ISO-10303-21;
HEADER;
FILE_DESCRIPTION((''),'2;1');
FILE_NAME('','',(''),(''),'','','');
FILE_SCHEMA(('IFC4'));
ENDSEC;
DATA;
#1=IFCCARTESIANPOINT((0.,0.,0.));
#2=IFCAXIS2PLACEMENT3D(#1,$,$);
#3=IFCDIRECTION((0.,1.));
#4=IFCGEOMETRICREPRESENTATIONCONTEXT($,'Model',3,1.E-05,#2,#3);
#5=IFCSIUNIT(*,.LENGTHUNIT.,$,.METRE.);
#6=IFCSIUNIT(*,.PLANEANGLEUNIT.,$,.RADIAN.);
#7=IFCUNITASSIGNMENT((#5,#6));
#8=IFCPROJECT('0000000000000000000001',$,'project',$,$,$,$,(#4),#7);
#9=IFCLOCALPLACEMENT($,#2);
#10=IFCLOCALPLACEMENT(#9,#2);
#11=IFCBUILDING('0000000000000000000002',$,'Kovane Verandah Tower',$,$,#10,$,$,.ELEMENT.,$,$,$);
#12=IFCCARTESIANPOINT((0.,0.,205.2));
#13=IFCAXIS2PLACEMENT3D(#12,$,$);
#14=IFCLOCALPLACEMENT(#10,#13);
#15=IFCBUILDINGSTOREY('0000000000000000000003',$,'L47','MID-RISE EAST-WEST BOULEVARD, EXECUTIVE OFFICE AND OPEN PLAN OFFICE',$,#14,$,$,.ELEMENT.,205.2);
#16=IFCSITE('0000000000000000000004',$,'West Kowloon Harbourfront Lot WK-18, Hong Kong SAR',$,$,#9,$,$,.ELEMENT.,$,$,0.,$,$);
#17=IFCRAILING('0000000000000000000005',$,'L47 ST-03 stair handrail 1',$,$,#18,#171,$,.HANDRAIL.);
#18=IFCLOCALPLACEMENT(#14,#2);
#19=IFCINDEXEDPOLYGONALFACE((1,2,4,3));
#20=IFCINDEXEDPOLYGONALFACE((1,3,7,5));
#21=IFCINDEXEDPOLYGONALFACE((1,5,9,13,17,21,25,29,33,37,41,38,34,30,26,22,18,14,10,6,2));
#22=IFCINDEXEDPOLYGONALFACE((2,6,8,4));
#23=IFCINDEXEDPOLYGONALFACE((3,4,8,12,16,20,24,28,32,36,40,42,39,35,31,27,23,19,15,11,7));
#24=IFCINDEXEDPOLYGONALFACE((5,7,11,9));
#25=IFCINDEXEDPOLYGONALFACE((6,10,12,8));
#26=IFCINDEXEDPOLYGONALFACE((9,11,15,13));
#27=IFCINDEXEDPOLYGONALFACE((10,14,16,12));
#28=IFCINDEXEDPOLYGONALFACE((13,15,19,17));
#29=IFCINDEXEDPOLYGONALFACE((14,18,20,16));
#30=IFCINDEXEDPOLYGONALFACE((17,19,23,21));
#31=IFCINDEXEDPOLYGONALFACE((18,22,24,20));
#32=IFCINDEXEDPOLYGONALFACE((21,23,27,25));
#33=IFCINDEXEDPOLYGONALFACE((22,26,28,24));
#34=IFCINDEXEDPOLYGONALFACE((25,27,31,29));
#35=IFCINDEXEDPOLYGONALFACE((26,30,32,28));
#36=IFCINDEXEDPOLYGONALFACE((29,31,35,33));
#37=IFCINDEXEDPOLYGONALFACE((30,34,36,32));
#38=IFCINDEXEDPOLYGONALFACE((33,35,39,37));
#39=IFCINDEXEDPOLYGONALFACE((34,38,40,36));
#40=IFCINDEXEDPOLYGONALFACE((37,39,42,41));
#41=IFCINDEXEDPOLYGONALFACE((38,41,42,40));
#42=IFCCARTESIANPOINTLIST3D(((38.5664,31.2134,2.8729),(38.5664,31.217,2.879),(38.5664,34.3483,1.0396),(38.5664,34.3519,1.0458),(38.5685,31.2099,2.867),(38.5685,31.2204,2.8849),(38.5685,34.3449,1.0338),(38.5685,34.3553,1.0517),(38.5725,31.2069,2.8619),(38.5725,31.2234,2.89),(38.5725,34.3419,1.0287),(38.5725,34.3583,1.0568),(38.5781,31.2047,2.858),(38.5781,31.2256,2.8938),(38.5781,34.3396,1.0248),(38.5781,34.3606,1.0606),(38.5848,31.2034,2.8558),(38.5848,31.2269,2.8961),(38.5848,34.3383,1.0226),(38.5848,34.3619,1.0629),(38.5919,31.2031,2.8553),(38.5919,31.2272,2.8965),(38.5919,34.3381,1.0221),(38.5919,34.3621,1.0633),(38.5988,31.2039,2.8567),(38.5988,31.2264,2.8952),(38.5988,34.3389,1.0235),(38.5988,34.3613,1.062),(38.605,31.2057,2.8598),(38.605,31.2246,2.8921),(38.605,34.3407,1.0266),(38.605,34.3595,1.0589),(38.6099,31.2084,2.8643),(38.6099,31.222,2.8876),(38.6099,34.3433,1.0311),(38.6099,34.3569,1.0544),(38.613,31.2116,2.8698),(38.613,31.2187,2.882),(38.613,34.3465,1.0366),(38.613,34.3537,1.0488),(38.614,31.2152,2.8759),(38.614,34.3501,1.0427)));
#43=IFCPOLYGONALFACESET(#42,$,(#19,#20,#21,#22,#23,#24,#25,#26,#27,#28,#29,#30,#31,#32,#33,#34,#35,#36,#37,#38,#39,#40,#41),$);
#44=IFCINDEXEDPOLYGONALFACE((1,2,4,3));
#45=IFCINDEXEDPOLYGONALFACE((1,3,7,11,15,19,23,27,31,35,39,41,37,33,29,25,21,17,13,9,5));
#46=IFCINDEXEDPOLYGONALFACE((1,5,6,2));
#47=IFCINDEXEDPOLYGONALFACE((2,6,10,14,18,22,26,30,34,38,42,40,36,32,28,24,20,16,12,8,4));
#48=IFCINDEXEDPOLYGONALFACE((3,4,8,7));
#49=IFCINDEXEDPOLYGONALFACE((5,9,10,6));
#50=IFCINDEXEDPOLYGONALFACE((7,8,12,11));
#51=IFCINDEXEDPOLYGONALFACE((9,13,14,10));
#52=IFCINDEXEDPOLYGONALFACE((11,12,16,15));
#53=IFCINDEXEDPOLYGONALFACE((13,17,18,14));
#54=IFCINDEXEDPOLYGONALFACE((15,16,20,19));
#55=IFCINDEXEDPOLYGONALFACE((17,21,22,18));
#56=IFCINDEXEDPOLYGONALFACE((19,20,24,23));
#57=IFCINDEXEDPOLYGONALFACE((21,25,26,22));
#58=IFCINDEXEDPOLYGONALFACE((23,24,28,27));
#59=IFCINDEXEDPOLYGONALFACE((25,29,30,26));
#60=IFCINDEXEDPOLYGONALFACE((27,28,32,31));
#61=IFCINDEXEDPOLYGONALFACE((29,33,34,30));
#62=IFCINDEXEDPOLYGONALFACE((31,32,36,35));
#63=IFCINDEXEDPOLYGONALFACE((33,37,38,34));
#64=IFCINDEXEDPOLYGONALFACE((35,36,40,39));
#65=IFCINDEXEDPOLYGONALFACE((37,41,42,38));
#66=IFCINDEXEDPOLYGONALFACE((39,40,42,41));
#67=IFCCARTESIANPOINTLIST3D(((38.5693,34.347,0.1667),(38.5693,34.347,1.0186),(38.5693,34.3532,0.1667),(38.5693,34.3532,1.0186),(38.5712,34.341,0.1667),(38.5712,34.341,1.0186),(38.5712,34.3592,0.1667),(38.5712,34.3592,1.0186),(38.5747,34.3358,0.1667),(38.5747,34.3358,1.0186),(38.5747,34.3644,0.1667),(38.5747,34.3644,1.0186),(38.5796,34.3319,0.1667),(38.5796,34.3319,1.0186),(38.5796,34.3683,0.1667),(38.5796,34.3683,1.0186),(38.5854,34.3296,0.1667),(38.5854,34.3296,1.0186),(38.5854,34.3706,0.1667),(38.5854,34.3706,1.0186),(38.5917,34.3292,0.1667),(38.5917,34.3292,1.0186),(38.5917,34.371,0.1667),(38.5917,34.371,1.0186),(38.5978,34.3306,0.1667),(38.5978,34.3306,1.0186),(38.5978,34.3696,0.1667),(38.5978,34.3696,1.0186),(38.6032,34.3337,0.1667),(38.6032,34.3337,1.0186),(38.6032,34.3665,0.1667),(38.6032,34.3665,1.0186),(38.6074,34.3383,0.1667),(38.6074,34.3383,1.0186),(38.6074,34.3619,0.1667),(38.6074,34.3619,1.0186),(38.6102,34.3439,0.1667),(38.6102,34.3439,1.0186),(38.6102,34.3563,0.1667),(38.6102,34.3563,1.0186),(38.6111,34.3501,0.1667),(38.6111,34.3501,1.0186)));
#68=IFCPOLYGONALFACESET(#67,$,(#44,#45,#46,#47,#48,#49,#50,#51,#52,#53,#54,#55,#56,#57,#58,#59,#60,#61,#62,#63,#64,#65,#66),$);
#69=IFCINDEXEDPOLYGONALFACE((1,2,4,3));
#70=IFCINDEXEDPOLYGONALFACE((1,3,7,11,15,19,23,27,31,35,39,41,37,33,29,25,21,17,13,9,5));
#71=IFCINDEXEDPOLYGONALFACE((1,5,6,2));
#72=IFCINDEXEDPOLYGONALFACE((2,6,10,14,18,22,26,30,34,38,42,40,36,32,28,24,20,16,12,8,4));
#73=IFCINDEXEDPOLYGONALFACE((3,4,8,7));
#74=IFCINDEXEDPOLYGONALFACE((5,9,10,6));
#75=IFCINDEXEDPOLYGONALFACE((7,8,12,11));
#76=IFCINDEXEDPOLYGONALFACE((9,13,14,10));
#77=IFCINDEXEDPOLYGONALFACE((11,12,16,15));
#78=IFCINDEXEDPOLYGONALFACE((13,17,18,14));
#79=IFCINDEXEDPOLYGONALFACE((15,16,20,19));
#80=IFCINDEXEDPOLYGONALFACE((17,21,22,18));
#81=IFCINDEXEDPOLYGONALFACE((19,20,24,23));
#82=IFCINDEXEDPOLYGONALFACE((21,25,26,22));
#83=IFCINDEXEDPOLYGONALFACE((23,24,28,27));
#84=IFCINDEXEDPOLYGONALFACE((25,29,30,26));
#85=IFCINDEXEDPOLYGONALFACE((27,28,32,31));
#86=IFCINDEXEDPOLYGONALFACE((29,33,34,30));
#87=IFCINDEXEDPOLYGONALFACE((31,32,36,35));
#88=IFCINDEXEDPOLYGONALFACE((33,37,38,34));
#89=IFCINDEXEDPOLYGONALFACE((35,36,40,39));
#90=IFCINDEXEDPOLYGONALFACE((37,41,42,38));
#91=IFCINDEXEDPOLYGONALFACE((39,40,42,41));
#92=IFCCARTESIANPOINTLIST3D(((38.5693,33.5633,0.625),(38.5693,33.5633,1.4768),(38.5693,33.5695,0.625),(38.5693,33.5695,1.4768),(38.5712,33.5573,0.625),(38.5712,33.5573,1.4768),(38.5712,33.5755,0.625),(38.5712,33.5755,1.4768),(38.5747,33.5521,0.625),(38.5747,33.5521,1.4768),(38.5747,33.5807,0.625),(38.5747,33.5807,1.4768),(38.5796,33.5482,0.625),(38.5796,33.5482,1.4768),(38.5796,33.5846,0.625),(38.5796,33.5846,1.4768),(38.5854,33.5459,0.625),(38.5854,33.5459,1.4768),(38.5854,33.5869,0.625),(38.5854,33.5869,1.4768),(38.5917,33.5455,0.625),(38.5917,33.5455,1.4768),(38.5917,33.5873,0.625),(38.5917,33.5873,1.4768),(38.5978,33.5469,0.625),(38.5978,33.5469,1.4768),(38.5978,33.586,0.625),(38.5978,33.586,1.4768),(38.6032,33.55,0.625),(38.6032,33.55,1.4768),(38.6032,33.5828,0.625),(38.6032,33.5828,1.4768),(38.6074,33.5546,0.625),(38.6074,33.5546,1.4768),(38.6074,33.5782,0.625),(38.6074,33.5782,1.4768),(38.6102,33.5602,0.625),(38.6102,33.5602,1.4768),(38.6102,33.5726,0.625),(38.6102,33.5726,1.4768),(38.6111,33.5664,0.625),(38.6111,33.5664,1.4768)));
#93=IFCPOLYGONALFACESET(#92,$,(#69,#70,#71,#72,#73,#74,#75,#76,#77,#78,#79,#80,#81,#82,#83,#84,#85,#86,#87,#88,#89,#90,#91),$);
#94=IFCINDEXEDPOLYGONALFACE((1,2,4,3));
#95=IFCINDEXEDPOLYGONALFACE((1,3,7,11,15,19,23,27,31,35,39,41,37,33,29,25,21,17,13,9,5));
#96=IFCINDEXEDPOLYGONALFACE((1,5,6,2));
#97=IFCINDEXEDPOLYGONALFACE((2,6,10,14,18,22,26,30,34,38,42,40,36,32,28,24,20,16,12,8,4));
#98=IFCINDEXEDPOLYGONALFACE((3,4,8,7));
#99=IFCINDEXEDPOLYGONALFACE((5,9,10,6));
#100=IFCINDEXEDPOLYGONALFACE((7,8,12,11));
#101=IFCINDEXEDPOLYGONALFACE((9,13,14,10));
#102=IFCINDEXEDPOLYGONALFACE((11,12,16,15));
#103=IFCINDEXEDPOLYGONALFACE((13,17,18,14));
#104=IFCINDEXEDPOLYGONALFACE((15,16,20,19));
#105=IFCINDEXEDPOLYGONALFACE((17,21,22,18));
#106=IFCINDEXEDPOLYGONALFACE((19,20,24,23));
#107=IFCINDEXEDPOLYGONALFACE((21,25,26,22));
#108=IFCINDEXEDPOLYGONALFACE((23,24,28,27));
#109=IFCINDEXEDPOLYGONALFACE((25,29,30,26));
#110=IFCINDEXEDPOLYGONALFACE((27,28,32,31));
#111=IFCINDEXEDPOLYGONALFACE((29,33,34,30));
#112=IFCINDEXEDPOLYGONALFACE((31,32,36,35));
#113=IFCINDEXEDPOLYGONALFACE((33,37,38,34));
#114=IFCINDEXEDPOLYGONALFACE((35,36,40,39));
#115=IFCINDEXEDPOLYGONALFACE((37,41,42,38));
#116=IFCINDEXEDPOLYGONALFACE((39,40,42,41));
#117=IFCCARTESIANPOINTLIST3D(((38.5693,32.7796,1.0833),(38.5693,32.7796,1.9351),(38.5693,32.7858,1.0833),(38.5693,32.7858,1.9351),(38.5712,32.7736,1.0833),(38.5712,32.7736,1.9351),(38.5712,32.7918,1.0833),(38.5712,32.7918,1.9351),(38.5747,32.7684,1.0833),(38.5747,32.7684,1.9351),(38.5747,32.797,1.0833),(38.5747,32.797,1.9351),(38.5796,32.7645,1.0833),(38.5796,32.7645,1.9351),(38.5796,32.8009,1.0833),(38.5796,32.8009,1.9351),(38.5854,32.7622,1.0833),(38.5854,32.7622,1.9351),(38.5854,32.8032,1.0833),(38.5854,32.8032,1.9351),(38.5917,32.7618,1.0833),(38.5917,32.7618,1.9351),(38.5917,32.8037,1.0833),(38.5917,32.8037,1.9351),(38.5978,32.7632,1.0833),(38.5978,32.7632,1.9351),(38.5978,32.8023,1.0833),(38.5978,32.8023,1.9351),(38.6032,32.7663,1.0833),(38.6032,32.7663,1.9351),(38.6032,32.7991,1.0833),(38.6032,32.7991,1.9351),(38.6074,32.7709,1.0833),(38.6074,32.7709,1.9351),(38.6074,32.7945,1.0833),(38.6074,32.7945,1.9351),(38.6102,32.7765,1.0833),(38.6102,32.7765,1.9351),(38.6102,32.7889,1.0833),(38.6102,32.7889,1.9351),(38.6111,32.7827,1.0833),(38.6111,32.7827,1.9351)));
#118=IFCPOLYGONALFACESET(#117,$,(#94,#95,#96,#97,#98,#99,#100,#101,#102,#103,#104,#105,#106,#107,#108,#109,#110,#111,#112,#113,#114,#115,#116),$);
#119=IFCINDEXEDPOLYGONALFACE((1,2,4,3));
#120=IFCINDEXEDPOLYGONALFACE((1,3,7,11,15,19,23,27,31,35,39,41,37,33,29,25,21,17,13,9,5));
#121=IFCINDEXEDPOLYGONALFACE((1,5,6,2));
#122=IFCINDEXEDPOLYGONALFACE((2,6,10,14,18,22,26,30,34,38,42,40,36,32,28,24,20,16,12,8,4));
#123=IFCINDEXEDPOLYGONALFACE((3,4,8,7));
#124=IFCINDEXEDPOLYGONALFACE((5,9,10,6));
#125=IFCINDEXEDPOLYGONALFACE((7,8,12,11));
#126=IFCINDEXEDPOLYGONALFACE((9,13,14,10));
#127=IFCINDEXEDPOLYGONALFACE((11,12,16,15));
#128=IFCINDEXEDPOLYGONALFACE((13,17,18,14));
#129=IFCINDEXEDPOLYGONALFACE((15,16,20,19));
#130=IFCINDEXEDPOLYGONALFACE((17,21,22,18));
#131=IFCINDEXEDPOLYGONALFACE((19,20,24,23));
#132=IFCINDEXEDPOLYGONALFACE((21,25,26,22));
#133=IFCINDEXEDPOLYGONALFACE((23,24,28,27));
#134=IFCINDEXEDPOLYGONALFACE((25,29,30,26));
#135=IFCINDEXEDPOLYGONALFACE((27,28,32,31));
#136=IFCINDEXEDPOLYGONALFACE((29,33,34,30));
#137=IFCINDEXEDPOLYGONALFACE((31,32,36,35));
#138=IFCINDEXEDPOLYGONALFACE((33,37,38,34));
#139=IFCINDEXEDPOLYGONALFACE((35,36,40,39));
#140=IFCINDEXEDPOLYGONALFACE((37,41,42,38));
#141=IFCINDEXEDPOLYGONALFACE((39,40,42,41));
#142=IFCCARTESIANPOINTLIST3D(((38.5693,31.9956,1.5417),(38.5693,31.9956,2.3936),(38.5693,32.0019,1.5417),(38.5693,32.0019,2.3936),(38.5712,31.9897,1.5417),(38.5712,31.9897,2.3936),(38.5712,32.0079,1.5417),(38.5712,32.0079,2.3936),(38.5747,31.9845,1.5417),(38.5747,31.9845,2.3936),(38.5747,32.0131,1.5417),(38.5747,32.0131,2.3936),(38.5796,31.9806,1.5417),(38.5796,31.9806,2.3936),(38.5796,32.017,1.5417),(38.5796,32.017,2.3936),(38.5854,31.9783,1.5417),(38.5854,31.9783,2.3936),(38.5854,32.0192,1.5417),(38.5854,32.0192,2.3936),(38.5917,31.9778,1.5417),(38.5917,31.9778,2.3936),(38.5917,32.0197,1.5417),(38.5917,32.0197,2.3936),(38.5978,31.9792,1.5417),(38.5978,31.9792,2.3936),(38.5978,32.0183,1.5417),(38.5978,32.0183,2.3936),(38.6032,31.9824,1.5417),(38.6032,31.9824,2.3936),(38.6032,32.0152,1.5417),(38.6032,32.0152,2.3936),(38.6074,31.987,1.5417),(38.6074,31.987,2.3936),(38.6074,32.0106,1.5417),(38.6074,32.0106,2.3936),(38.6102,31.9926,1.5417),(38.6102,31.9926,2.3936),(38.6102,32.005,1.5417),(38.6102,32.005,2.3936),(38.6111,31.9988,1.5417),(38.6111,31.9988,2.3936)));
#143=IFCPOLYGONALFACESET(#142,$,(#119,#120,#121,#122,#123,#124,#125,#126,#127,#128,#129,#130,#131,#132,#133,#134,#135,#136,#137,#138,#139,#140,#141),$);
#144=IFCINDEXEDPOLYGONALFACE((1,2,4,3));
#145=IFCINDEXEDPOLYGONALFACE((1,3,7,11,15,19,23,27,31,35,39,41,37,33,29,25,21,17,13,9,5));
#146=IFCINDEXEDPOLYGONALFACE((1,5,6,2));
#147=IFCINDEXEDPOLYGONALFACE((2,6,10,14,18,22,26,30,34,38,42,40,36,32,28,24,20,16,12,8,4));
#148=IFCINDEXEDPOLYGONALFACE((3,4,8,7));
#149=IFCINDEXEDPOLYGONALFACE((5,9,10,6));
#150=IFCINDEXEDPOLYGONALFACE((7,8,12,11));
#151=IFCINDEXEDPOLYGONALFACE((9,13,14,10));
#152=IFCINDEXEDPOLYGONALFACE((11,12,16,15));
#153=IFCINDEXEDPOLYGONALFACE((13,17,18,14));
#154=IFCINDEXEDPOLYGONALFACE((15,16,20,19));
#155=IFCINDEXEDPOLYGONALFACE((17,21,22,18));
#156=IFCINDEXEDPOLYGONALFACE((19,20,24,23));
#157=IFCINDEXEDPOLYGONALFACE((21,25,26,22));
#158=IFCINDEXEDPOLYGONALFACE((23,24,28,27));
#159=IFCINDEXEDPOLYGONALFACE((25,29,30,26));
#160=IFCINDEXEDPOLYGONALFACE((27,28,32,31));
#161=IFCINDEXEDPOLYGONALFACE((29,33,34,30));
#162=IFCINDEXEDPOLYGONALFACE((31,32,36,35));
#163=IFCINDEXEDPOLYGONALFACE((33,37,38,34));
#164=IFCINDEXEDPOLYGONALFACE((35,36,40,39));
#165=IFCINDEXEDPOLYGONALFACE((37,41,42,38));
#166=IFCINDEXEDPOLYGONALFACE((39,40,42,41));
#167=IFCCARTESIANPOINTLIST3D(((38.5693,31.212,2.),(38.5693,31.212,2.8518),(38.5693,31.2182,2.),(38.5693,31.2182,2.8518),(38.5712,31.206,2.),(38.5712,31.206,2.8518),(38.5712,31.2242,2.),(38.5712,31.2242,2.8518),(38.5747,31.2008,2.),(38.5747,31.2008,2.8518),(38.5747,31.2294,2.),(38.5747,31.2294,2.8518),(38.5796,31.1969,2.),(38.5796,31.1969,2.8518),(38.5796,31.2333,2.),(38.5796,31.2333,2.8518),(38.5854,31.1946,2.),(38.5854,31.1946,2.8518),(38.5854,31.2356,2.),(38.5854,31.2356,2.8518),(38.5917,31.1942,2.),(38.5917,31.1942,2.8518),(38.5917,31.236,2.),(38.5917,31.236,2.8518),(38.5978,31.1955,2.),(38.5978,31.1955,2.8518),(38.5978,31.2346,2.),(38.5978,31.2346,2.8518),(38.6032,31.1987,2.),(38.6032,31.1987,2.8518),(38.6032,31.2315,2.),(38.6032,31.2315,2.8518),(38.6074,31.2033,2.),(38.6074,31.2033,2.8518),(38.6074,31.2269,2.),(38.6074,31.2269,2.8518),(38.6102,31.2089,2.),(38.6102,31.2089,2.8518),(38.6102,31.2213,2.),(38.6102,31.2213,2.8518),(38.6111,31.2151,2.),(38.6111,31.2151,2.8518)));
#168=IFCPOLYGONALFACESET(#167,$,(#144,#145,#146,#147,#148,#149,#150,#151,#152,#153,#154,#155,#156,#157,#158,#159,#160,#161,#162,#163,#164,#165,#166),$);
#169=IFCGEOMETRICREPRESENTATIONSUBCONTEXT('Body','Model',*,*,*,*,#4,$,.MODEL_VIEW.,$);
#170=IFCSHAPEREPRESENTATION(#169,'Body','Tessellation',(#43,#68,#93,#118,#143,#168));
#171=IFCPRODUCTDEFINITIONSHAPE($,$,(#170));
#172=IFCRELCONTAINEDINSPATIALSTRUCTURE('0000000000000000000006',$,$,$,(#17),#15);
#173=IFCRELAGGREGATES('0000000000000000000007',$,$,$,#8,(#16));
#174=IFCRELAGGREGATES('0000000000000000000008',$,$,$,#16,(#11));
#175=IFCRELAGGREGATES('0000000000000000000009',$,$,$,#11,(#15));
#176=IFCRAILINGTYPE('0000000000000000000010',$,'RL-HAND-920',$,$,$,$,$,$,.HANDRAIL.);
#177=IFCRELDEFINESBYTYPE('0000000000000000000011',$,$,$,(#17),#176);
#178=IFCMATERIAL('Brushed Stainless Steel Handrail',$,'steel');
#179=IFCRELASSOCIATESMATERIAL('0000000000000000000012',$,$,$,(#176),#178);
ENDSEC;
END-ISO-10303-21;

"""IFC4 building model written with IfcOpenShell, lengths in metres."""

from ifc_helpers import new_model, si_unit, direction, frame, origin, origin_2d, place, context, subcontext, project, spatial, circle, extrude, material, type_object, element, save


model = new_model("IFC4")

# Units and contexts
model_context = context("Model", 3, precision=1e-05, world=origin(), true_north=direction((0.0, 1.0)))
body_context = subcontext(model_context, "Body", "Model", "MODEL_VIEW")
ifc_project = project(units=[si_unit("LENGTHUNIT", "METRE"), si_unit("PLANEANGLEUNIT", "RADIAN")], contexts=[model_context])

# Site, building, storey
site_placement = place(None, origin())
site = spatial("IfcSite", under=ifc_project, at=site_placement, Name="West Kowloon Harbourfront Lot WK-18, Hong Kong SAR", CompositionType="ELEMENT", RefElevation=0.0)
building_placement = place(site_placement, origin())
building = spatial("IfcBuilding", under=site, at=building_placement, Name="Kovane Verandah Tower", CompositionType="ELEMENT")
storey_placement = place(building_placement, frame((0.0, 0.0, 205.2)))
storey = spatial("IfcBuildingStorey", under=building, at=storey_placement, Name="L47", Description="MID-RISE EAST-WEST BOULEVARD, EXECUTIVE OFFICE AND OPEN PLAN OFFICE", CompositionType="ELEMENT", Elevation=205.2)

# Railing
ifc_material_1 = material(Name="Brushed Stainless Steel Handrail", Category="steel")
railing_type_1 = type_object("IfcRailingType", Name="RL-HAND-920", PredefinedType="HANDRAIL", material=ifc_material_1)
for number, where, name in (
    (1, (38.5901, 34.3501, 0.1667), "L47 ST-03 stair handrail 1"),
):
    element("IfcRailing", number, at=place(storey_placement, frame(where)), inside=storey, type_object=railing_type_1, Name=name, PredefinedType="HANDRAIL", context=body_context, shape_type="SweptSolid", body=[
        extrude(circle(Radius=0.0239, at=origin_2d()), frame((0.0, 0.0, 0.876), z_axis=(0.0, -0.86324, 0.504794), x_axis=(1.0, 0.0, 0.0)), (0.0, 0.0, 1.0), 3.6316),
        extrude(circle(Radius=0.021, at=origin_2d()), origin(), (0.0, 0.0, 1.0), 0.8518),
        extrude(circle(Radius=0.021, at=origin_2d()), frame((0.0, -0.7837, 0.4583)), (0.0, 0.0, 1.0), 0.8518),
        extrude(circle(Radius=0.021, at=origin_2d()), frame((0.0, -1.5674, 0.9165)), (0.0, 0.0, 1.0), 0.8518),
        extrude(circle(Radius=0.021, at=origin_2d()), frame((0.0, -2.3513, 1.375)), (0.0, 0.0, 1.0), 0.8518),
        extrude(circle(Radius=0.021, at=origin_2d()), frame((0.0, -3.135, 1.8333)), (0.0, 0.0, 1.0), 0.8518),
    ])

save(model, "model.ifc")
